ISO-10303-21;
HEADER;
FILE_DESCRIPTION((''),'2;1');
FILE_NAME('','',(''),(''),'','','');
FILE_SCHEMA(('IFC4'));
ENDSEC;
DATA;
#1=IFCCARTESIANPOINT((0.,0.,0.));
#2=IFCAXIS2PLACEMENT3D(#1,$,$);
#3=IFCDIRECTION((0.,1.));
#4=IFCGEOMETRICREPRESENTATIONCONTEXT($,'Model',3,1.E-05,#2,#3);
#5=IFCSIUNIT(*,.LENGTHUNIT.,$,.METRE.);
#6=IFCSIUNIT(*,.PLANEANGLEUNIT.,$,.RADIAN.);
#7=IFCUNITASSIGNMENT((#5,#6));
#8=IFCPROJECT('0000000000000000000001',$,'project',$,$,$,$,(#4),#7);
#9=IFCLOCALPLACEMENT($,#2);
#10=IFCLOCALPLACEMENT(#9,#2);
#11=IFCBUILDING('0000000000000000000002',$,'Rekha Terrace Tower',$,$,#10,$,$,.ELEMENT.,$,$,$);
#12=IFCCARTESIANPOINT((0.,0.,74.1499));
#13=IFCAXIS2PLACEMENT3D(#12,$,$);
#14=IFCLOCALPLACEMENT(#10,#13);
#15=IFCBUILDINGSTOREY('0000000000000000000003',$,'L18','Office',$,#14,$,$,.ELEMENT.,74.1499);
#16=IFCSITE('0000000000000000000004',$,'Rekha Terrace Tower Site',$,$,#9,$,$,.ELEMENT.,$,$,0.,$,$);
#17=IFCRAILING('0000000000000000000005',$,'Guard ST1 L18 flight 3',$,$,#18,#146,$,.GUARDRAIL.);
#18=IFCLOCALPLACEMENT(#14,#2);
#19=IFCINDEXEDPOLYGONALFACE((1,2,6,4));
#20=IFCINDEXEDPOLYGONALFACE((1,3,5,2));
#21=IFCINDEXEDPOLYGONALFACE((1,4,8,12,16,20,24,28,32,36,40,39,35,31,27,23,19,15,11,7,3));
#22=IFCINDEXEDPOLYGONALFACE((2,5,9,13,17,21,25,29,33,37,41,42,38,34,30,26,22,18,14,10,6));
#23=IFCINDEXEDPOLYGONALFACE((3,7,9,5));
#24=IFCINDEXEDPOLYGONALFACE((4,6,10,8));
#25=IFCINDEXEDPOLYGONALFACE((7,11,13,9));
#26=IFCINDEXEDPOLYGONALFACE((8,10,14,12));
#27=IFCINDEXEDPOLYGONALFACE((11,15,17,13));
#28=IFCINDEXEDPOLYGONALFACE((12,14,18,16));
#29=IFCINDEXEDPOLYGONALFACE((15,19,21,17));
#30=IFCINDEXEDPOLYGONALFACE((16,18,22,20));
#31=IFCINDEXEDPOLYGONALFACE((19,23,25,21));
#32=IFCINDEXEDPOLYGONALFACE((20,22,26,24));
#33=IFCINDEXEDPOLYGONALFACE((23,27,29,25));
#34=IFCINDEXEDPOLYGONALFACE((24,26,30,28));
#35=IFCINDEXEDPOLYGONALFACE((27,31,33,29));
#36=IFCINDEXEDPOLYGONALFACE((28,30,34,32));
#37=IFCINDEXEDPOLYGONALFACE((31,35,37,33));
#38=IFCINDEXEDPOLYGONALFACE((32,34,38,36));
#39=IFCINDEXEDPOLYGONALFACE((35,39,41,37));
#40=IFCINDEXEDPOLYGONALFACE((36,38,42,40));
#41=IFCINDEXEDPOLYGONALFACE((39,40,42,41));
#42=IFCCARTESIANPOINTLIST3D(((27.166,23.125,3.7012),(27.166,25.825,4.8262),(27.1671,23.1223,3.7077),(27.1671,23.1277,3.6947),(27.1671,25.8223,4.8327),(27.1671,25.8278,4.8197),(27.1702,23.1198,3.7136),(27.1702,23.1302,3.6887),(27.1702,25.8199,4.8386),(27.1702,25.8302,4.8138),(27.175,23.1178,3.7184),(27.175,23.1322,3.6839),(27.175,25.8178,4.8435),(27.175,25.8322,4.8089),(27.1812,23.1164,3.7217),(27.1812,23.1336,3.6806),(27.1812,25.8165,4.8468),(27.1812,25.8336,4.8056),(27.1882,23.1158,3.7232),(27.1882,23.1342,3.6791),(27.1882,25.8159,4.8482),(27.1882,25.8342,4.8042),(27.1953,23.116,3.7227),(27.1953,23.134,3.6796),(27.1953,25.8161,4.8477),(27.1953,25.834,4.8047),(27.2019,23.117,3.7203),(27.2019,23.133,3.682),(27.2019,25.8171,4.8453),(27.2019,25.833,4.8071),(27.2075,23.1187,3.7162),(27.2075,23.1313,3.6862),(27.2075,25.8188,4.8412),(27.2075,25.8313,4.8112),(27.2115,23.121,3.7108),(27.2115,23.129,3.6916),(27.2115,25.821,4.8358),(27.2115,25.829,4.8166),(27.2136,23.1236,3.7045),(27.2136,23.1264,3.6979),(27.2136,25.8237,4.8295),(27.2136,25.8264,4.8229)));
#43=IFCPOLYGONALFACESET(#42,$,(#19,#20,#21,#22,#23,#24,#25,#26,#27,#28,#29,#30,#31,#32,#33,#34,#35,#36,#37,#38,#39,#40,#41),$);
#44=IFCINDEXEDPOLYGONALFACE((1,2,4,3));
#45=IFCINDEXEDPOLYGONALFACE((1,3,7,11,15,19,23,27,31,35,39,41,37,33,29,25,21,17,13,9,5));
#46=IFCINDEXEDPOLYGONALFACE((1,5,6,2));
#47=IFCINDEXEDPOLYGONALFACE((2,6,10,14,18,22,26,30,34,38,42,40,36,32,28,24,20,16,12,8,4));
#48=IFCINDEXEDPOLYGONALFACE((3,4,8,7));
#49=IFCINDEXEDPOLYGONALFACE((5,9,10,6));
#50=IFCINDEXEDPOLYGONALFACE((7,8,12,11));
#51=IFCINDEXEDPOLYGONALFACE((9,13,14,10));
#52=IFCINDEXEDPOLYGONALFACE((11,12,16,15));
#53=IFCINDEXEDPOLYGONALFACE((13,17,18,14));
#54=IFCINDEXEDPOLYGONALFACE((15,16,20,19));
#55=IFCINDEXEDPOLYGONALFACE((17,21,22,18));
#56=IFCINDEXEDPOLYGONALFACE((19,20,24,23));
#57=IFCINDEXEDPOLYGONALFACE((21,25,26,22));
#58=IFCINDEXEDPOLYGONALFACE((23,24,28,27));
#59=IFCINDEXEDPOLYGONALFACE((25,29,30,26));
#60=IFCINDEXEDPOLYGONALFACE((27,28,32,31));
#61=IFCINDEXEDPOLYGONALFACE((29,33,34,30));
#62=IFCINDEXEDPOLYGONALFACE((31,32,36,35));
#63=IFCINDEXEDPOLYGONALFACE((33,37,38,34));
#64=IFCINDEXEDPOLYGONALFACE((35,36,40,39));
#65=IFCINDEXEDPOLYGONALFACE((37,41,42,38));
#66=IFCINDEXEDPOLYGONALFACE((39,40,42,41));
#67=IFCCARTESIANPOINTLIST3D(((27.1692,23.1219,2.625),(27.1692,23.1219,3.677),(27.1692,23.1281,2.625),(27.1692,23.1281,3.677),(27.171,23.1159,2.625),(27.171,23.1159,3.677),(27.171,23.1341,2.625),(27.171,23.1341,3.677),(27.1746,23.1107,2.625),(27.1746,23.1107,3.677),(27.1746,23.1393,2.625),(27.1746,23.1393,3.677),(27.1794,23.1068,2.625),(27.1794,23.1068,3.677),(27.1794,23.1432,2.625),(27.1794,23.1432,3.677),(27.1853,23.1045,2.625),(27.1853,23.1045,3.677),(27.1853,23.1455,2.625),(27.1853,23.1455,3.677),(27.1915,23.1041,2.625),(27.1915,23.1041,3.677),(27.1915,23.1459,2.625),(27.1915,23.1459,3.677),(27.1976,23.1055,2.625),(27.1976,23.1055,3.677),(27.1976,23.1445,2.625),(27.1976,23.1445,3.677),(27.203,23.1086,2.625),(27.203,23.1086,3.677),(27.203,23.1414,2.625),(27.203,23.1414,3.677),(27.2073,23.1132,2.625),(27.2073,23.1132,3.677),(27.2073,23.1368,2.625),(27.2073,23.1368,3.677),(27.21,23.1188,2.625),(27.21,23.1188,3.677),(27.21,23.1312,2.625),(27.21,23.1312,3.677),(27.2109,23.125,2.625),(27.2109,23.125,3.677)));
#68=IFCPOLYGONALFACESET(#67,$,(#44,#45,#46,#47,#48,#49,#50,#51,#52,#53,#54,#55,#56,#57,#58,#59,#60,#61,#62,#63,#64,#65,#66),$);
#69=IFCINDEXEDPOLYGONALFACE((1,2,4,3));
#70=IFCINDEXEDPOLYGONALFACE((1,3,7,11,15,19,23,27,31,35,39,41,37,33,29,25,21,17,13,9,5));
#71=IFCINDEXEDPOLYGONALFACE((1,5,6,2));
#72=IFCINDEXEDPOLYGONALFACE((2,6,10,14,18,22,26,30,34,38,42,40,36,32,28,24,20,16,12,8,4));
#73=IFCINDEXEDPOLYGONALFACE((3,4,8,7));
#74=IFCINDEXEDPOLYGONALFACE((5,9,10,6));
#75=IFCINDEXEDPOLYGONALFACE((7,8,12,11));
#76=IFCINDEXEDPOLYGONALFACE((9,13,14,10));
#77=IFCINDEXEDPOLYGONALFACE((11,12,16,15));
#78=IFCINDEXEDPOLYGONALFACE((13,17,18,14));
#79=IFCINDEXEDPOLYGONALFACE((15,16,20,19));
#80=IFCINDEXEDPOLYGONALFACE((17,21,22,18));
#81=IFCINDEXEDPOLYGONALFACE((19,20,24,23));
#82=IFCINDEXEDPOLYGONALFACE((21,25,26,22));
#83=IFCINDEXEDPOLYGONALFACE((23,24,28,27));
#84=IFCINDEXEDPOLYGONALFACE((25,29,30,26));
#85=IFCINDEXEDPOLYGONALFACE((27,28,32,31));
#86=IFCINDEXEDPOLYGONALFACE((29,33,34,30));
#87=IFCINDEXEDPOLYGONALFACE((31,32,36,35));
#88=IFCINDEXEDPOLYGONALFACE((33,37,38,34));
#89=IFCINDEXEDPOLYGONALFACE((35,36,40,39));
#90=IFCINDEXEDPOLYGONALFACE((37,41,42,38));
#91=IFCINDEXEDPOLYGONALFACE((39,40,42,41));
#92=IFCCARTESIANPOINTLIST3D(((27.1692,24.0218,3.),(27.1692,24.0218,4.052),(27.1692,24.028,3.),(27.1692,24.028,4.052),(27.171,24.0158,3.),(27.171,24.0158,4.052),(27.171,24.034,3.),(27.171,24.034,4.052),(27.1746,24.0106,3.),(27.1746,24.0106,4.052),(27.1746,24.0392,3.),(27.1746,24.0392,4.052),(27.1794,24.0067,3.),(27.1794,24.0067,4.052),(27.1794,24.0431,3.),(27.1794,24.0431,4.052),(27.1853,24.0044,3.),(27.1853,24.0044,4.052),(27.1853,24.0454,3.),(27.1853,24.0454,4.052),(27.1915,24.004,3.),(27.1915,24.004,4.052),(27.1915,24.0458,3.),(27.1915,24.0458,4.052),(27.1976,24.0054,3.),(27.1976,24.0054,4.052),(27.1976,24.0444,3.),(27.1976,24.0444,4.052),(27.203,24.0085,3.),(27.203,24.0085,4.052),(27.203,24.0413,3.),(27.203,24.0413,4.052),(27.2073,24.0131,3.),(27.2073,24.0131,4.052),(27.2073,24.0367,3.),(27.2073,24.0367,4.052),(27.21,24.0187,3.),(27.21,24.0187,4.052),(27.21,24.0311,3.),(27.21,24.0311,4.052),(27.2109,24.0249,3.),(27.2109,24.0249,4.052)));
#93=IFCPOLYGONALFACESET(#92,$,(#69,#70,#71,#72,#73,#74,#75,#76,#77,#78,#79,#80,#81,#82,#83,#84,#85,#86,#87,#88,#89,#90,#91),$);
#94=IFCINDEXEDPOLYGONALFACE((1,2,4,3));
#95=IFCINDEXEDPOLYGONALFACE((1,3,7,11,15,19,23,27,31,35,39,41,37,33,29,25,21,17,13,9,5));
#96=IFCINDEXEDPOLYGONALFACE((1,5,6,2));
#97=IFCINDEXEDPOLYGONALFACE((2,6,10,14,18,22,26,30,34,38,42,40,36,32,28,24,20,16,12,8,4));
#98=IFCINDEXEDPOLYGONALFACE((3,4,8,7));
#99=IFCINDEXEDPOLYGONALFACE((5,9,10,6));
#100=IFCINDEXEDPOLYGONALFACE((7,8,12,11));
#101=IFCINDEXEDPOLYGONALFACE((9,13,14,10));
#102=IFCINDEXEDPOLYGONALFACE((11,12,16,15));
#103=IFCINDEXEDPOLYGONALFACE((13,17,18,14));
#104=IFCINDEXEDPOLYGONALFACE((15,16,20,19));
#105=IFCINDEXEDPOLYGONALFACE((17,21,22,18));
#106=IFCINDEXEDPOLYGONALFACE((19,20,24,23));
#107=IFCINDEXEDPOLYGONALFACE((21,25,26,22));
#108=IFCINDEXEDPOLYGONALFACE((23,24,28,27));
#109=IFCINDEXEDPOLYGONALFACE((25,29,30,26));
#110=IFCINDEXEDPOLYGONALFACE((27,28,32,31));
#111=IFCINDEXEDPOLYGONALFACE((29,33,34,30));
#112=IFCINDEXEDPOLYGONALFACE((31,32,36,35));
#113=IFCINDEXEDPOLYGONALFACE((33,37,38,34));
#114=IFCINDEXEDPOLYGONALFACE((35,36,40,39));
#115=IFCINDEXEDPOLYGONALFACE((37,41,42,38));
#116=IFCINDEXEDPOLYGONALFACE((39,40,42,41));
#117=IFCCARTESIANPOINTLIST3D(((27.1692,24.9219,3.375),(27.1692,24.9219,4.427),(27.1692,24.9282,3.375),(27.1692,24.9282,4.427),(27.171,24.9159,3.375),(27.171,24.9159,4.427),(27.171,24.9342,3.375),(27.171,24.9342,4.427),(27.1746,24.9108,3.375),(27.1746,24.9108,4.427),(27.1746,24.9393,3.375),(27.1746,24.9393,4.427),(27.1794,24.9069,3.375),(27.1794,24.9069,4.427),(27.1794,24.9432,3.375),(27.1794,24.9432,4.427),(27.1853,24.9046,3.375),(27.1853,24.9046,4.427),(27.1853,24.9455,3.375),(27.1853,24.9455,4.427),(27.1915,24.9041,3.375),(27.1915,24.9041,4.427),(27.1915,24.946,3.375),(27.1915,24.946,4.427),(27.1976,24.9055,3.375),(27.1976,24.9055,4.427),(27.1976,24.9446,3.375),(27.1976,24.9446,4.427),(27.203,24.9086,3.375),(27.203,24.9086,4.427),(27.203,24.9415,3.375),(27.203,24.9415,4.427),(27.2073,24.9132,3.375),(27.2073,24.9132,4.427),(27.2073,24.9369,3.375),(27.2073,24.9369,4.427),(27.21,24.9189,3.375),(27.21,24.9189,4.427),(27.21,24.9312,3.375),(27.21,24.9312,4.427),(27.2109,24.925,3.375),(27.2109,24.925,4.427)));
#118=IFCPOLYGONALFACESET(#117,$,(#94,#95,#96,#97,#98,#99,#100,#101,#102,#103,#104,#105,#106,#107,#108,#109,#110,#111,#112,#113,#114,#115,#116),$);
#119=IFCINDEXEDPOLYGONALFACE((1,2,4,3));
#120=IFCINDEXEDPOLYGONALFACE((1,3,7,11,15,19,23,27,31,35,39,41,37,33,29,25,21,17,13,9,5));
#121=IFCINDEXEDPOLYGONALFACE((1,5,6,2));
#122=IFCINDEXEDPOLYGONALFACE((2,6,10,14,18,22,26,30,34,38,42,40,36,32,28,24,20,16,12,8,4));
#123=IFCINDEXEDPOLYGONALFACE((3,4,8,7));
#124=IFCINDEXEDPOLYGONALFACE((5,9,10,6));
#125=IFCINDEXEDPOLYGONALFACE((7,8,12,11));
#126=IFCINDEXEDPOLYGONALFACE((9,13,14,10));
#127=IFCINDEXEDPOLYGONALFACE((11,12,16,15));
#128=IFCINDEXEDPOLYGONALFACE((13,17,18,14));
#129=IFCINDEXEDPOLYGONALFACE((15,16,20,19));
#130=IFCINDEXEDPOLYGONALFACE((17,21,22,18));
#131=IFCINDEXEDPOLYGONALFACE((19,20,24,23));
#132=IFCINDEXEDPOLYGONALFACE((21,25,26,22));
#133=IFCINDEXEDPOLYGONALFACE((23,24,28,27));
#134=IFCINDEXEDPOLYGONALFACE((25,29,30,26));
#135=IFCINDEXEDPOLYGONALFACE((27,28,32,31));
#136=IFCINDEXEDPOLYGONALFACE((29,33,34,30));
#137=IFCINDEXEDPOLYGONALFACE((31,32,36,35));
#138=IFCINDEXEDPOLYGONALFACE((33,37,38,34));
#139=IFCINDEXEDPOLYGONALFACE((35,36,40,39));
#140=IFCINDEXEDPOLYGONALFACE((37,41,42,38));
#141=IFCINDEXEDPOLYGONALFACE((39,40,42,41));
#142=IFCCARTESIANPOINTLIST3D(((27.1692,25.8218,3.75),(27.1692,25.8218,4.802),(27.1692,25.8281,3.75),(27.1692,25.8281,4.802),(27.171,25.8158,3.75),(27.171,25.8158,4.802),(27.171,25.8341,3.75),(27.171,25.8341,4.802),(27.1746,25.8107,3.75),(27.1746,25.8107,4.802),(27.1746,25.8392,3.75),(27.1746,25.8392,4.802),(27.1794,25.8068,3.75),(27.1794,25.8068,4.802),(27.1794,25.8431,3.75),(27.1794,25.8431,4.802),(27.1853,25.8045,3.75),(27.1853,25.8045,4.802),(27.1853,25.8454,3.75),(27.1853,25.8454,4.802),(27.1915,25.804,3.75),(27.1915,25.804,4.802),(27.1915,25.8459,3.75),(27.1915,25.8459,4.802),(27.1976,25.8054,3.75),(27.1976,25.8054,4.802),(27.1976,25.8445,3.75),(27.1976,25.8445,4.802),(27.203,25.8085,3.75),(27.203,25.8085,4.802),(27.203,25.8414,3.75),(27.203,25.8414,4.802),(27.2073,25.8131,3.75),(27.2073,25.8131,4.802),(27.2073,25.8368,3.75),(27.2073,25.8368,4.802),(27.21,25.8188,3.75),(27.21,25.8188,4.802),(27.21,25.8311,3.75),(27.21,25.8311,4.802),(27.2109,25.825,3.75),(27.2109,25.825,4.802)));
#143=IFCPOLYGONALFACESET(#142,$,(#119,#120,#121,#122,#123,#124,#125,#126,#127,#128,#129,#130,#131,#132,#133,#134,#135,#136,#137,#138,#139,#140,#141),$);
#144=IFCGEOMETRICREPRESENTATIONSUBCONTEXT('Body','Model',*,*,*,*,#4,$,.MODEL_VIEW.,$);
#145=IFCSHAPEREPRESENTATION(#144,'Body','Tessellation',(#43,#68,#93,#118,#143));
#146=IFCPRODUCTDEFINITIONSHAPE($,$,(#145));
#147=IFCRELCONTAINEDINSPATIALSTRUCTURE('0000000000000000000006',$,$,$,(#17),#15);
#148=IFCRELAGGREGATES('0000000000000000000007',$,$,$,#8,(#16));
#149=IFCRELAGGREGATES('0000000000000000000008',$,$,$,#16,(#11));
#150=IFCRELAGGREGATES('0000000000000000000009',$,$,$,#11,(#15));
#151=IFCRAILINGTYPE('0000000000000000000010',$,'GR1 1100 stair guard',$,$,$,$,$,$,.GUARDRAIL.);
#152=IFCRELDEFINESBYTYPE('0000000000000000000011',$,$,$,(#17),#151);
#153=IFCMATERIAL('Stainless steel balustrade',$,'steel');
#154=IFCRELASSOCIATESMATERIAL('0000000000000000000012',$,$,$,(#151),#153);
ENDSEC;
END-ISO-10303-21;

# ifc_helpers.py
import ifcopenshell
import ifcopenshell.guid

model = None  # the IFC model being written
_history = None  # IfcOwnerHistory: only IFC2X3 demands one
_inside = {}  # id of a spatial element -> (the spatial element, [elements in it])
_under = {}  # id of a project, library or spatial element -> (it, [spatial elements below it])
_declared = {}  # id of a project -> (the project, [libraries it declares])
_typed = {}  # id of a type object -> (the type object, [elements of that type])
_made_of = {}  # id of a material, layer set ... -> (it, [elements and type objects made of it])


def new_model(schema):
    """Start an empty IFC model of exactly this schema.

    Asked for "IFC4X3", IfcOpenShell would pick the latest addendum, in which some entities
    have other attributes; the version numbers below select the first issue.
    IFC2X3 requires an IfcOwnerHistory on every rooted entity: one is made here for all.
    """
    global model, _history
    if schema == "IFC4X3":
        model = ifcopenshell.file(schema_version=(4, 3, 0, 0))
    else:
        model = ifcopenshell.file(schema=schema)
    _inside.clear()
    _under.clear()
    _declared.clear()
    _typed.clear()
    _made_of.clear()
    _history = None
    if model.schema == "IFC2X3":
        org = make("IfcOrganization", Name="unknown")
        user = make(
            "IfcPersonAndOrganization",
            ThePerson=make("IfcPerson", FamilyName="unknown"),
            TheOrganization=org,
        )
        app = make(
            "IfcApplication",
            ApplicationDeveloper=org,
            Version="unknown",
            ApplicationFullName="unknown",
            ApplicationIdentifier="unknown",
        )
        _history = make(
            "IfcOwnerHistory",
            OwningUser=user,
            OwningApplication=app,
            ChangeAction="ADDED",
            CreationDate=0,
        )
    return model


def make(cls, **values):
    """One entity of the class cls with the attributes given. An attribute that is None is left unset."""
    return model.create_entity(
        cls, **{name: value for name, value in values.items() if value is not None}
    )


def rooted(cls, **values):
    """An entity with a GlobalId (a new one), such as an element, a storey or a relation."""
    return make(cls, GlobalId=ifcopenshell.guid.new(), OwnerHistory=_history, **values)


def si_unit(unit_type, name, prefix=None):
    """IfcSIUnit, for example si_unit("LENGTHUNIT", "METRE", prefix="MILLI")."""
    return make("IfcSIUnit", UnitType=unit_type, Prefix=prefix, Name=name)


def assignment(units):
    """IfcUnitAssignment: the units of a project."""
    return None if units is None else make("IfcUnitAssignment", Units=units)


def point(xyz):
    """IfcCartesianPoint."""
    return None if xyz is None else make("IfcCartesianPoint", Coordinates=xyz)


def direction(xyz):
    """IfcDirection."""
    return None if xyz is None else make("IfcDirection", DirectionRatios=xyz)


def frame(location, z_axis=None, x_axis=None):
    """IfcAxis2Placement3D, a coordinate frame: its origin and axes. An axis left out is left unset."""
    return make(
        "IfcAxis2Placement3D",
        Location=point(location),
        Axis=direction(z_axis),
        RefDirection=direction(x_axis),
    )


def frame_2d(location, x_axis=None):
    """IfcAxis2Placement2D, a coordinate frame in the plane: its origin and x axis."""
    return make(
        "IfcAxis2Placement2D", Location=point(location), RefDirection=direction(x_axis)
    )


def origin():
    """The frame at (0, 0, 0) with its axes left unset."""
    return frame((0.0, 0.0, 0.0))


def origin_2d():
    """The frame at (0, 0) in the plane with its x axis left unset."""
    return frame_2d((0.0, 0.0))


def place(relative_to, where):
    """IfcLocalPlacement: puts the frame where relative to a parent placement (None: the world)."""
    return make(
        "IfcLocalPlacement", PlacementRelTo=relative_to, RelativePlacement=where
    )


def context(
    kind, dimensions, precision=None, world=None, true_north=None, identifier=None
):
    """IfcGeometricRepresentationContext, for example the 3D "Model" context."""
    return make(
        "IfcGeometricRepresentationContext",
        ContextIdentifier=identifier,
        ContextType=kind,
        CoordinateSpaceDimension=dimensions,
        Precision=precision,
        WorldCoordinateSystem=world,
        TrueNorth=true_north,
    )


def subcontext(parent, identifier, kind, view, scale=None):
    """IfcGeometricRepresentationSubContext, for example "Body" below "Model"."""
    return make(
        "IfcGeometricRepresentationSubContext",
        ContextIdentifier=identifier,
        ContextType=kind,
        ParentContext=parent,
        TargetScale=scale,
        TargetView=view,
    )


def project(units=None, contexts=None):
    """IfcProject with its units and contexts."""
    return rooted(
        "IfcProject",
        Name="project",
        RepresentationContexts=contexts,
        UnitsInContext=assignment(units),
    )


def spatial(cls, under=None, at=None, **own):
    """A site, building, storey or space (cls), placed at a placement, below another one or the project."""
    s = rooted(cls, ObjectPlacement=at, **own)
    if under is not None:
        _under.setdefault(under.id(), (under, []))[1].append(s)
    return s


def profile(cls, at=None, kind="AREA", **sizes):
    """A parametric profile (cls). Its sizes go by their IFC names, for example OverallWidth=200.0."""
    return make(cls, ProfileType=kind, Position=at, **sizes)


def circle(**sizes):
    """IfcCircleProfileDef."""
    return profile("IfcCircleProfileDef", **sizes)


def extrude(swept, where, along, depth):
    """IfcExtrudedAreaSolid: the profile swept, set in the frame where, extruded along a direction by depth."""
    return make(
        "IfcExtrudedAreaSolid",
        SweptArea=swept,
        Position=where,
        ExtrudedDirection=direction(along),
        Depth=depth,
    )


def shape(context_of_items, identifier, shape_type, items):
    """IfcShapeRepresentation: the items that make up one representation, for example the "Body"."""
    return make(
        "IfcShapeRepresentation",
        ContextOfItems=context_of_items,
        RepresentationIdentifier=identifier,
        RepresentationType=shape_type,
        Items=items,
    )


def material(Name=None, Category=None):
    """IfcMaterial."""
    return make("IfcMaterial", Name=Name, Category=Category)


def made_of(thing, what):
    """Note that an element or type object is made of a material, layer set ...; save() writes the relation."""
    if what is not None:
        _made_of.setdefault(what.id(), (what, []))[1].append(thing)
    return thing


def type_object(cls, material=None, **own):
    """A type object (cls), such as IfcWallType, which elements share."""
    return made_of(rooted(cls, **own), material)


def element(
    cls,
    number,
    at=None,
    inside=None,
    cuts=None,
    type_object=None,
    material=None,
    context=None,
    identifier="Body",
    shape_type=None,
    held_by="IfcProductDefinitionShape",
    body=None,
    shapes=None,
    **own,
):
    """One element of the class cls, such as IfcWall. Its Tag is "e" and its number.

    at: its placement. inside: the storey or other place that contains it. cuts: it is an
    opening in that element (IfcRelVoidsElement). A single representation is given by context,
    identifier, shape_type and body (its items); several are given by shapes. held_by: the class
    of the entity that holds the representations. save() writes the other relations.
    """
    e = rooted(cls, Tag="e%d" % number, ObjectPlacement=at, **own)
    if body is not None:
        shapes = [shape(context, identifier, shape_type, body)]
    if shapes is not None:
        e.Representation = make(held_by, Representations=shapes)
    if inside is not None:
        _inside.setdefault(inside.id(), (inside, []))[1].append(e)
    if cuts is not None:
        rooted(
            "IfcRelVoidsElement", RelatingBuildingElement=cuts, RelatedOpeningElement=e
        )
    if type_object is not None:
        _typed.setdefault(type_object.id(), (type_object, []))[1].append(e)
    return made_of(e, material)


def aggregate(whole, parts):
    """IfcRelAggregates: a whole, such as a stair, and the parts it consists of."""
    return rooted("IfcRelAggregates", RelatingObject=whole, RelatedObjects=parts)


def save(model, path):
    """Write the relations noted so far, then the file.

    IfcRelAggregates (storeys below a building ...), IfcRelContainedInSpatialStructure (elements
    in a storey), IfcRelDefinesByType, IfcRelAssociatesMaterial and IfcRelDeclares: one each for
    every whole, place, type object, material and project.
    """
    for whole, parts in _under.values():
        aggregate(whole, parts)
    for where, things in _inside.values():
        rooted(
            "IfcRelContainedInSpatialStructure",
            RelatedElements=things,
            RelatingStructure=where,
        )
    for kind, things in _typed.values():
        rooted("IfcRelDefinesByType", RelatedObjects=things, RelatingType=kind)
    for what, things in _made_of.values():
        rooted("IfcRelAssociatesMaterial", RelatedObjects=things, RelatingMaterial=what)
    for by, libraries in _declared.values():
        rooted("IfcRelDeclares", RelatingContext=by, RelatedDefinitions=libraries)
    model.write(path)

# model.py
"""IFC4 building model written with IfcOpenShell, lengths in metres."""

from ifc_helpers import new_model, si_unit, direction, frame, origin, origin_2d, place, context, subcontext, project, spatial, circle, extrude, material, type_object, element, save


model = new_model("IFC4")

# Units and contexts
model_context = context("Model", 3, precision=1e-05, world=origin(), true_north=direction((0.0, 1.0)))
body_context = subcontext(model_context, "Body", "Model", "MODEL_VIEW")
ifc_project = project(units=[si_unit("LENGTHUNIT", "METRE"), si_unit("PLANEANGLEUNIT", "RADIAN")], contexts=[model_context])

# Site, building, storey
site_placement = place(None, origin())
site = spatial("IfcSite", under=ifc_project, at=site_placement, Name="Rekha Terrace Tower Site", CompositionType="ELEMENT", RefElevation=0.0)
building_placement = place(site_placement, origin())
building = spatial("IfcBuilding", under=site, at=building_placement, Name="Rekha Terrace Tower", CompositionType="ELEMENT")
storey_placement = place(building_placement, frame((0.0, 0.0, 74.1499)))
storey = spatial("IfcBuildingStorey", under=building, at=storey_placement, Name="L18", Description="Office", CompositionType="ELEMENT", Elevation=74.1499)

# Railing
ifc_material_1 = material(Name="Stainless steel balustrade", Category="steel")
railing_type_1 = type_object("IfcRailingType", Name="GR1 1100 stair guard", PredefinedType="GUARDRAIL", material=ifc_material_1)
railing_1_placement = place(storey_placement, frame((27.1899, 23.125, 2.625)))
element("IfcRailing", 1, at=railing_1_placement, inside=storey, type_object=railing_type_1, Name="Guard ST1 L18 flight 3", PredefinedType="GUARDRAIL", context=body_context, shape_type="SweptSolid", body=[
    extrude(circle(Radius=0.0239, at=origin_2d()), frame((0.0, 0.0, 1.0762), z_axis=(0.0, 0.923074, 0.384621), x_axis=(-1.0, 0.0, 0.0)), (0.0, 0.0, 1.0), 2.925),
    extrude(circle(Radius=0.021, at=origin_2d()), origin(), (0.0, 0.0, 1.0), 1.052),
    extrude(circle(Radius=0.021, at=origin_2d()), frame((0.0, 0.8999, 0.375)), (0.0, 0.0, 1.0), 1.052),
    extrude(circle(Radius=0.021, at=origin_2d()), frame((0.0, 1.8, 0.75)), (0.0, 0.0, 1.0), 1.052),
    extrude(circle(Radius=0.021, at=origin_2d()), frame((0.0, 2.7, 1.125)), (0.0, 0.0, 1.0), 1.052),
])

save(model, "model.ifc")
